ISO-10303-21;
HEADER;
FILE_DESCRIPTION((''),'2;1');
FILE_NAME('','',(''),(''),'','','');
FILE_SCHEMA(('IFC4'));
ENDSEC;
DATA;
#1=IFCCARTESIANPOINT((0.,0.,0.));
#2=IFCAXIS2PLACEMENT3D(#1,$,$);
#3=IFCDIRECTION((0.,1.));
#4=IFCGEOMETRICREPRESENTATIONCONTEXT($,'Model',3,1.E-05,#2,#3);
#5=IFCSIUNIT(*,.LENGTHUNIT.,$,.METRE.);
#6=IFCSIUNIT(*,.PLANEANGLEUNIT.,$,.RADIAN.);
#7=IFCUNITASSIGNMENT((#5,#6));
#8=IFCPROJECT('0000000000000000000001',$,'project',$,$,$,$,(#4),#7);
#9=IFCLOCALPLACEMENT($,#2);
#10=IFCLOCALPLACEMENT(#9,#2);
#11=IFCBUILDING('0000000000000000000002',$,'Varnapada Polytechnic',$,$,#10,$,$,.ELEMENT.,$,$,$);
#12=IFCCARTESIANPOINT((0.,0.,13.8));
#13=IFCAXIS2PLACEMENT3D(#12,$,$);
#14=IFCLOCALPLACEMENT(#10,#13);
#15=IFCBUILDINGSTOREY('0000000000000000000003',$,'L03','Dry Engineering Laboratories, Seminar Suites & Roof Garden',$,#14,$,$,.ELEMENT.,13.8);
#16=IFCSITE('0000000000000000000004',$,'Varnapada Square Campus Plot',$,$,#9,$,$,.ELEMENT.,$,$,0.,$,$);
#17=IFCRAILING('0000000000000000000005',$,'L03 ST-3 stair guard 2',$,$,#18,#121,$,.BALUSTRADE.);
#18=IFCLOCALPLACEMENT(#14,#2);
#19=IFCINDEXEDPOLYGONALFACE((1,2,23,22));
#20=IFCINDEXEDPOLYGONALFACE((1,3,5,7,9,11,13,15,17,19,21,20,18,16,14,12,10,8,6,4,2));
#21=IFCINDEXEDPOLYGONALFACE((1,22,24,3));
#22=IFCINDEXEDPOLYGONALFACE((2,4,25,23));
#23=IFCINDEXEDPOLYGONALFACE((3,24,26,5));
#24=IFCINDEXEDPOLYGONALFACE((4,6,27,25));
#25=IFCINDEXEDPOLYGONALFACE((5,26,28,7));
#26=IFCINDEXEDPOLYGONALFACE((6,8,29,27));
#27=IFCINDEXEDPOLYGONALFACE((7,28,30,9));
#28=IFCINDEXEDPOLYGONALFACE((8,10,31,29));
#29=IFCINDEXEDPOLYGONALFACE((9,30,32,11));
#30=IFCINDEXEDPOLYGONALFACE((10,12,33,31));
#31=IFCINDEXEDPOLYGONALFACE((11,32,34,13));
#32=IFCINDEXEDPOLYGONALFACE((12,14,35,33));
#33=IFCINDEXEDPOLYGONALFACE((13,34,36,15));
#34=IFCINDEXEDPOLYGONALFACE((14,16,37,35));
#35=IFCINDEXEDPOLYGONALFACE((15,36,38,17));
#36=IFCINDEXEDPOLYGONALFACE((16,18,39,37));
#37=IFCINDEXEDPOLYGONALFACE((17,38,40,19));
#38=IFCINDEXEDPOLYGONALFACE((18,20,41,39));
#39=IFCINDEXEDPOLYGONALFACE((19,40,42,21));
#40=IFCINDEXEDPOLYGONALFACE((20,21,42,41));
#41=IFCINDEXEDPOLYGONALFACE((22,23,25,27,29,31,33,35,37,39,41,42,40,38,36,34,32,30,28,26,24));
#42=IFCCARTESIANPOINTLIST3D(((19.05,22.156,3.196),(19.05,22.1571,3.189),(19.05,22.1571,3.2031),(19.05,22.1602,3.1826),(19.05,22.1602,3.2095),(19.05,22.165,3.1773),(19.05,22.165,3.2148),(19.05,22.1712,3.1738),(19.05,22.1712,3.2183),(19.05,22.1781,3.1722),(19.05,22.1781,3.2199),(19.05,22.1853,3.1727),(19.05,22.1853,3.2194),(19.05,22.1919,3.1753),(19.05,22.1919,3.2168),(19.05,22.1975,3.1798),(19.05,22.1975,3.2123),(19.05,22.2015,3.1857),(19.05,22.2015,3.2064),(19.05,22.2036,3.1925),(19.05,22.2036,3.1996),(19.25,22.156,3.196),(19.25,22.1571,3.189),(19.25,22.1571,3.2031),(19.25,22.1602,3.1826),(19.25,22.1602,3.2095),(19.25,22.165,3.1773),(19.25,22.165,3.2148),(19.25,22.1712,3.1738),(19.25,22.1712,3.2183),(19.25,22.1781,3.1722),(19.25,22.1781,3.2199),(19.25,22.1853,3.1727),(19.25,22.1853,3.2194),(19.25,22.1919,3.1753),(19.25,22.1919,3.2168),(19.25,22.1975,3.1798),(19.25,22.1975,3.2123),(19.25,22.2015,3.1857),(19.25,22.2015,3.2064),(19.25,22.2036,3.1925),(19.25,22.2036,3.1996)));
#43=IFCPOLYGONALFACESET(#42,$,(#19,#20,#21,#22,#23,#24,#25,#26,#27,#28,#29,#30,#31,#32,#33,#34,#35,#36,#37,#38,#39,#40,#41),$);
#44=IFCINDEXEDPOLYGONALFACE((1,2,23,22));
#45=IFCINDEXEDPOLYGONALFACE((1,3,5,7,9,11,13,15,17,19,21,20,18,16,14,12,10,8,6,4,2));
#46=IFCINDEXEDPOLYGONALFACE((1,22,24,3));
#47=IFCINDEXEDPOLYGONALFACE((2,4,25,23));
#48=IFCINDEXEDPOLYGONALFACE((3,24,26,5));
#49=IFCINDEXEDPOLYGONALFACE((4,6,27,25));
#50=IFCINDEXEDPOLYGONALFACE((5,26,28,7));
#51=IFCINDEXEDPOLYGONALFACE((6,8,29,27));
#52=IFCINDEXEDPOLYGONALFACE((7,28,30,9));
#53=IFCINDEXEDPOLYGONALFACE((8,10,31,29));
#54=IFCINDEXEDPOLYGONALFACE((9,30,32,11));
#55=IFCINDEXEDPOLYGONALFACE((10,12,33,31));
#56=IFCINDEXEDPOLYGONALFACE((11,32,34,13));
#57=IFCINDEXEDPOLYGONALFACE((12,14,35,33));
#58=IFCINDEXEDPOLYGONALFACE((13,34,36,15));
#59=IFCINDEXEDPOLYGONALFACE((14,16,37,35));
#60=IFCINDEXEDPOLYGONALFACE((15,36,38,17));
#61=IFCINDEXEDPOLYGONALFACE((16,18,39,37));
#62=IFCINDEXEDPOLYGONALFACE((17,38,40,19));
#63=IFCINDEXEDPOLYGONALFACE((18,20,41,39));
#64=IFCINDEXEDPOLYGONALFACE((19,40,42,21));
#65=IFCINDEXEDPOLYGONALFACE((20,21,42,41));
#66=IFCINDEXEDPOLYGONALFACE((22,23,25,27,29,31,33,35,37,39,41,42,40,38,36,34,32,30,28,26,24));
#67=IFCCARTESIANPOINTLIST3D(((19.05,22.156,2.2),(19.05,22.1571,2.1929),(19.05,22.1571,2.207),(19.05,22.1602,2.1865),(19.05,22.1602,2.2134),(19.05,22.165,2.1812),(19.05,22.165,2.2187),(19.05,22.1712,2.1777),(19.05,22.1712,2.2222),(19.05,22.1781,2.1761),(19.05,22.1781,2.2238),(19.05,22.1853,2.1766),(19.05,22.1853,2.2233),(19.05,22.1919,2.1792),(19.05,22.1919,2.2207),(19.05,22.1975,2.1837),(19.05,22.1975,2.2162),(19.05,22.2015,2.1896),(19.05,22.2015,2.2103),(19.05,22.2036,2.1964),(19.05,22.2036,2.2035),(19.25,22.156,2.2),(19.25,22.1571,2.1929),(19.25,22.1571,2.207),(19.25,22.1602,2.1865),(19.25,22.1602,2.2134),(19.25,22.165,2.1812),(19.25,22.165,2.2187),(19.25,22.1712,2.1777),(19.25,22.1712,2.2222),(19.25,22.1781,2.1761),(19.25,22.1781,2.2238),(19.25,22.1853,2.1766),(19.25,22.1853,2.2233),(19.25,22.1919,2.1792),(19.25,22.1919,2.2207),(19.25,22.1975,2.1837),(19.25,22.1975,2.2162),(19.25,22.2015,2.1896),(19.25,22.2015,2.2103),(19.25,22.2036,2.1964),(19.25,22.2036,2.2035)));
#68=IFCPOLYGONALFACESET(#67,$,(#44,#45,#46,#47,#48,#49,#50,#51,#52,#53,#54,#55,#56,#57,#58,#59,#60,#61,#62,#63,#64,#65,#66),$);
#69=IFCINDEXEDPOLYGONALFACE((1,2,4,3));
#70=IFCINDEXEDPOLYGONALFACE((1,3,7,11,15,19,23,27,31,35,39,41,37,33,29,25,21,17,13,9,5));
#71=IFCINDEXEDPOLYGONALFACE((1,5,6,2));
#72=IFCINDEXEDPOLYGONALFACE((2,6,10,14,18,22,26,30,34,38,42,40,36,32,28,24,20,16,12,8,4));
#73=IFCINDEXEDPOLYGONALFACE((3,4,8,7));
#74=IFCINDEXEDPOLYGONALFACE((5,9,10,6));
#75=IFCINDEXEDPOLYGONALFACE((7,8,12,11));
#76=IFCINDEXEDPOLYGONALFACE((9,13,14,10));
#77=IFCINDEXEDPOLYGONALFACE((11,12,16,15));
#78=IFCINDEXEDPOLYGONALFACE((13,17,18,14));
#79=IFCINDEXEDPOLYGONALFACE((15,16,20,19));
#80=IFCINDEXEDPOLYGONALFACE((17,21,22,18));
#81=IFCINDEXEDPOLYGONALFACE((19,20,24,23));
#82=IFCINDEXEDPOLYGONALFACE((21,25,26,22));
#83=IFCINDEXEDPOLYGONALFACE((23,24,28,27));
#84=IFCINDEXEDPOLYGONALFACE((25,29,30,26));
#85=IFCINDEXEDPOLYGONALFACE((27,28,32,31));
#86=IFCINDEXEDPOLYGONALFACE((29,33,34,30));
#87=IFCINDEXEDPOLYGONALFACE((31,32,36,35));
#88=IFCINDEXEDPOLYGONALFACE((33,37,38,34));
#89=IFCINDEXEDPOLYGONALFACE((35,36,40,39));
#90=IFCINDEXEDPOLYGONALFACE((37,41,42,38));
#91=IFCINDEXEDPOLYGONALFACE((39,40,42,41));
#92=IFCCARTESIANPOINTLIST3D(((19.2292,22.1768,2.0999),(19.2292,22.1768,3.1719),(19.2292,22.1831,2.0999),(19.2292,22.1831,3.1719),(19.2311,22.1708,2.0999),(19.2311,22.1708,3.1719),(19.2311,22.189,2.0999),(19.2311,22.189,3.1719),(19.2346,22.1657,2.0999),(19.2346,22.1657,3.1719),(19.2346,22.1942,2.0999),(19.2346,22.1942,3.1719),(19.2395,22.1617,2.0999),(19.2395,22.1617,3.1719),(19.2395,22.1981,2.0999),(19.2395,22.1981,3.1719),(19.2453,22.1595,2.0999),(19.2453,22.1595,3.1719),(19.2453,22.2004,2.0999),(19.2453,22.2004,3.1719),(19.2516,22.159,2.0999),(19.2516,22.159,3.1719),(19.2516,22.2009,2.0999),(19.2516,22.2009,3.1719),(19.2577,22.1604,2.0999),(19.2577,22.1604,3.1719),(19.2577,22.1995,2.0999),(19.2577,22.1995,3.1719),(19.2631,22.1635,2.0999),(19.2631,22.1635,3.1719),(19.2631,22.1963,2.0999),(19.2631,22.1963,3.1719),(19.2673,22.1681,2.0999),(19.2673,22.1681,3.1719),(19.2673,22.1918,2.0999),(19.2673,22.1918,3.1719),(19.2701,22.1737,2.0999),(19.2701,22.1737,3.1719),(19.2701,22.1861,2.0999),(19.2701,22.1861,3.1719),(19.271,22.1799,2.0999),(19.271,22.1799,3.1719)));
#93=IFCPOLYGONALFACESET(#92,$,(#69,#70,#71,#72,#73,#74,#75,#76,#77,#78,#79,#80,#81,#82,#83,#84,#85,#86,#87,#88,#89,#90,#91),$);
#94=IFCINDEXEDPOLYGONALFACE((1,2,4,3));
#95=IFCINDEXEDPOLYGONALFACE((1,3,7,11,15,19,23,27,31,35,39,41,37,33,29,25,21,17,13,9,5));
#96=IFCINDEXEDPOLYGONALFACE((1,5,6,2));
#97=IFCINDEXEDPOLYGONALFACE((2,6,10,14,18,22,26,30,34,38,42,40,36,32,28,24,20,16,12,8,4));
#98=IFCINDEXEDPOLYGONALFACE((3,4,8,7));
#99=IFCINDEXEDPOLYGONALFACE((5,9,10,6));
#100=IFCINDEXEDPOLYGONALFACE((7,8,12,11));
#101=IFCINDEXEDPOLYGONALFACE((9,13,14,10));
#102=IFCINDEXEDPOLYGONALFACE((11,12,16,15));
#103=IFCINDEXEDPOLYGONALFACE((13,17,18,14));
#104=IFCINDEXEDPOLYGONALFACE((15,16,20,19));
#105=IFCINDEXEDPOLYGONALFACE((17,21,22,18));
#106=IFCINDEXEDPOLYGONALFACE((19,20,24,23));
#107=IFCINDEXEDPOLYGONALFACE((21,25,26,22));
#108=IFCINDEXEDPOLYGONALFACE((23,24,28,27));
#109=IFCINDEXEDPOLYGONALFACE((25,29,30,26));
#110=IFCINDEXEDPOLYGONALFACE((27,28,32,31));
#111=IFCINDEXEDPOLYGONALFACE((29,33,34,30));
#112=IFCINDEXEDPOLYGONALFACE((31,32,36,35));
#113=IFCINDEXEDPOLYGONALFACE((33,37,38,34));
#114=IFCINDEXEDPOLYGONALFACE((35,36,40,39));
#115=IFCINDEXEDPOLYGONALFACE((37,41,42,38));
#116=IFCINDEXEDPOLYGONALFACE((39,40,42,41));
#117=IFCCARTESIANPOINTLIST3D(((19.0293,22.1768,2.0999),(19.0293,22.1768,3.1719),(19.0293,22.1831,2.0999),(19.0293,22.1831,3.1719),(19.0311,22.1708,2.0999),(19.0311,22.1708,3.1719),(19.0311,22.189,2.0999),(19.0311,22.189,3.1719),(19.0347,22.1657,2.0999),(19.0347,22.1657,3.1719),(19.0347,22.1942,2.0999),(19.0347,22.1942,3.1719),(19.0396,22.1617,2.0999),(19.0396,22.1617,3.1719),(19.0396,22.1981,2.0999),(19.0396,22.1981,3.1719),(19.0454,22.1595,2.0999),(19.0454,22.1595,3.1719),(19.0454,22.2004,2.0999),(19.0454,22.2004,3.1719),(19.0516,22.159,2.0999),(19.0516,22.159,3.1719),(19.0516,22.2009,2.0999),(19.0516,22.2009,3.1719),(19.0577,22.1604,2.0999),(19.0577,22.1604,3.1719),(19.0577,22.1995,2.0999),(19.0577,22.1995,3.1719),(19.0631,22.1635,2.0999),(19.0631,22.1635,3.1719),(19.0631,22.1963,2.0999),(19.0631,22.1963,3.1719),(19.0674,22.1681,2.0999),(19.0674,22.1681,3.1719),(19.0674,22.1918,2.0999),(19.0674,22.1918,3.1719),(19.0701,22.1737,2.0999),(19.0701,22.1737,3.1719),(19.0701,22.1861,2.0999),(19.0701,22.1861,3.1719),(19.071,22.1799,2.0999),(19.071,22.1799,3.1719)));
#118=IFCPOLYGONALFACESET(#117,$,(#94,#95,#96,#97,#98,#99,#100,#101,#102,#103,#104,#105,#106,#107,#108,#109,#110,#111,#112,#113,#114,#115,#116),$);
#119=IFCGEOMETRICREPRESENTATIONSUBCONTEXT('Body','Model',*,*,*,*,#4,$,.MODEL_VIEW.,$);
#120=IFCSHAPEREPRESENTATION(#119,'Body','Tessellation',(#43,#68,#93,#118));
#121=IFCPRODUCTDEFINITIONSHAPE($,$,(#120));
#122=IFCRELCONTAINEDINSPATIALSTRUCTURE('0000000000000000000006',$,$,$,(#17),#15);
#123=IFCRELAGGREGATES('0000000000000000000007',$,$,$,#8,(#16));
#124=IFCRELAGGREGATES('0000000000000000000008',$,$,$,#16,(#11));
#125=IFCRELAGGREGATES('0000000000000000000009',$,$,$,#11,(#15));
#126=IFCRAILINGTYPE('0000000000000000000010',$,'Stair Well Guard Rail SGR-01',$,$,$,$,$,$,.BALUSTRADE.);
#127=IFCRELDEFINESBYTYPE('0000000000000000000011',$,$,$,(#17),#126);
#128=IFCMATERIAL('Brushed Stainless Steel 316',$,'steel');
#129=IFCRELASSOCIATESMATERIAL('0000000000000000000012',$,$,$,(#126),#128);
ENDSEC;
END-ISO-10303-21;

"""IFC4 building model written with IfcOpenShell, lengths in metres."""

from ifc_helpers import new_model, si_unit, direction, frame, origin, origin_2d, place, context, subcontext, project, spatial, circle, extrude, material, type_object, element, save


model = new_model("IFC4")

# Units and contexts
model_context = context("Model", 3, precision=1e-05, world=origin(), true_north=direction((0.0, 1.0)))
body_context = subcontext(model_context, "Body", "Model", "MODEL_VIEW")
ifc_project = project(units=[si_unit("LENGTHUNIT", "METRE"), si_unit("PLANEANGLEUNIT", "RADIAN")], contexts=[model_context])

# Site, building, storey
site_placement = place(None, origin())
site = spatial("IfcSite", under=ifc_project, at=site_placement, Name="Varnapada Square Campus Plot", CompositionType="ELEMENT", RefElevation=0.0)
building_placement = place(site_placement, origin())
building = spatial("IfcBuilding", under=site, at=building_placement, Name="Varnapada Polytechnic", CompositionType="ELEMENT")
storey_placement = place(building_placement, frame((0.0, 0.0, 13.8)))
storey = spatial("IfcBuildingStorey", under=building, at=storey_placement, Name="L03", Description="Dry Engineering Laboratories, Seminar Suites & Roof Garden", CompositionType="ELEMENT", Elevation=13.8)

# Shared definitions
ifc_material_1 = material(Name="Brushed Stainless Steel 316", Category="steel")

# Railing
railing_type_1 = type_object("IfcRailingType", Name="Stair Well Guard Rail SGR-01", PredefinedType="BALUSTRADE", material=ifc_material_1)
railing_1_placement = place(storey_placement, frame((19.25, 22.1799, 2.0999)))
element("IfcRailing", 1, at=railing_1_placement, inside=storey, type_object=railing_type_1, Name="L03 ST-3 stair guard 2", PredefinedType="BALUSTRADE", context=body_context, shape_type="SweptSolid", body=[
    extrude(circle(Radius=0.0239, at=origin_2d()), frame((0.0, 0.0, 1.0962), z_axis=(-1.0, 0.0, 0.0), x_axis=(0.0, -1.0, 0.0)), (0.0, 0.0, 1.0), 0.2),
    extrude(circle(Radius=0.0239, at=origin_2d()), frame((0.0, 0.0, 0.1001), z_axis=(-1.0, 0.0, 0.0), x_axis=(0.0, -1.0, 0.0)), (0.0, 0.0, 1.0), 0.2),
    extrude(circle(Radius=0.021, at=origin_2d()), origin(), (0.0, 0.0, 1.0), 1.072),
    extrude(circle(Radius=0.021, at=origin_2d()), frame((-0.2, 0.0, 0.0)), (0.0, 0.0, 1.0), 1.072),
])

save(model, "model.ifc")
